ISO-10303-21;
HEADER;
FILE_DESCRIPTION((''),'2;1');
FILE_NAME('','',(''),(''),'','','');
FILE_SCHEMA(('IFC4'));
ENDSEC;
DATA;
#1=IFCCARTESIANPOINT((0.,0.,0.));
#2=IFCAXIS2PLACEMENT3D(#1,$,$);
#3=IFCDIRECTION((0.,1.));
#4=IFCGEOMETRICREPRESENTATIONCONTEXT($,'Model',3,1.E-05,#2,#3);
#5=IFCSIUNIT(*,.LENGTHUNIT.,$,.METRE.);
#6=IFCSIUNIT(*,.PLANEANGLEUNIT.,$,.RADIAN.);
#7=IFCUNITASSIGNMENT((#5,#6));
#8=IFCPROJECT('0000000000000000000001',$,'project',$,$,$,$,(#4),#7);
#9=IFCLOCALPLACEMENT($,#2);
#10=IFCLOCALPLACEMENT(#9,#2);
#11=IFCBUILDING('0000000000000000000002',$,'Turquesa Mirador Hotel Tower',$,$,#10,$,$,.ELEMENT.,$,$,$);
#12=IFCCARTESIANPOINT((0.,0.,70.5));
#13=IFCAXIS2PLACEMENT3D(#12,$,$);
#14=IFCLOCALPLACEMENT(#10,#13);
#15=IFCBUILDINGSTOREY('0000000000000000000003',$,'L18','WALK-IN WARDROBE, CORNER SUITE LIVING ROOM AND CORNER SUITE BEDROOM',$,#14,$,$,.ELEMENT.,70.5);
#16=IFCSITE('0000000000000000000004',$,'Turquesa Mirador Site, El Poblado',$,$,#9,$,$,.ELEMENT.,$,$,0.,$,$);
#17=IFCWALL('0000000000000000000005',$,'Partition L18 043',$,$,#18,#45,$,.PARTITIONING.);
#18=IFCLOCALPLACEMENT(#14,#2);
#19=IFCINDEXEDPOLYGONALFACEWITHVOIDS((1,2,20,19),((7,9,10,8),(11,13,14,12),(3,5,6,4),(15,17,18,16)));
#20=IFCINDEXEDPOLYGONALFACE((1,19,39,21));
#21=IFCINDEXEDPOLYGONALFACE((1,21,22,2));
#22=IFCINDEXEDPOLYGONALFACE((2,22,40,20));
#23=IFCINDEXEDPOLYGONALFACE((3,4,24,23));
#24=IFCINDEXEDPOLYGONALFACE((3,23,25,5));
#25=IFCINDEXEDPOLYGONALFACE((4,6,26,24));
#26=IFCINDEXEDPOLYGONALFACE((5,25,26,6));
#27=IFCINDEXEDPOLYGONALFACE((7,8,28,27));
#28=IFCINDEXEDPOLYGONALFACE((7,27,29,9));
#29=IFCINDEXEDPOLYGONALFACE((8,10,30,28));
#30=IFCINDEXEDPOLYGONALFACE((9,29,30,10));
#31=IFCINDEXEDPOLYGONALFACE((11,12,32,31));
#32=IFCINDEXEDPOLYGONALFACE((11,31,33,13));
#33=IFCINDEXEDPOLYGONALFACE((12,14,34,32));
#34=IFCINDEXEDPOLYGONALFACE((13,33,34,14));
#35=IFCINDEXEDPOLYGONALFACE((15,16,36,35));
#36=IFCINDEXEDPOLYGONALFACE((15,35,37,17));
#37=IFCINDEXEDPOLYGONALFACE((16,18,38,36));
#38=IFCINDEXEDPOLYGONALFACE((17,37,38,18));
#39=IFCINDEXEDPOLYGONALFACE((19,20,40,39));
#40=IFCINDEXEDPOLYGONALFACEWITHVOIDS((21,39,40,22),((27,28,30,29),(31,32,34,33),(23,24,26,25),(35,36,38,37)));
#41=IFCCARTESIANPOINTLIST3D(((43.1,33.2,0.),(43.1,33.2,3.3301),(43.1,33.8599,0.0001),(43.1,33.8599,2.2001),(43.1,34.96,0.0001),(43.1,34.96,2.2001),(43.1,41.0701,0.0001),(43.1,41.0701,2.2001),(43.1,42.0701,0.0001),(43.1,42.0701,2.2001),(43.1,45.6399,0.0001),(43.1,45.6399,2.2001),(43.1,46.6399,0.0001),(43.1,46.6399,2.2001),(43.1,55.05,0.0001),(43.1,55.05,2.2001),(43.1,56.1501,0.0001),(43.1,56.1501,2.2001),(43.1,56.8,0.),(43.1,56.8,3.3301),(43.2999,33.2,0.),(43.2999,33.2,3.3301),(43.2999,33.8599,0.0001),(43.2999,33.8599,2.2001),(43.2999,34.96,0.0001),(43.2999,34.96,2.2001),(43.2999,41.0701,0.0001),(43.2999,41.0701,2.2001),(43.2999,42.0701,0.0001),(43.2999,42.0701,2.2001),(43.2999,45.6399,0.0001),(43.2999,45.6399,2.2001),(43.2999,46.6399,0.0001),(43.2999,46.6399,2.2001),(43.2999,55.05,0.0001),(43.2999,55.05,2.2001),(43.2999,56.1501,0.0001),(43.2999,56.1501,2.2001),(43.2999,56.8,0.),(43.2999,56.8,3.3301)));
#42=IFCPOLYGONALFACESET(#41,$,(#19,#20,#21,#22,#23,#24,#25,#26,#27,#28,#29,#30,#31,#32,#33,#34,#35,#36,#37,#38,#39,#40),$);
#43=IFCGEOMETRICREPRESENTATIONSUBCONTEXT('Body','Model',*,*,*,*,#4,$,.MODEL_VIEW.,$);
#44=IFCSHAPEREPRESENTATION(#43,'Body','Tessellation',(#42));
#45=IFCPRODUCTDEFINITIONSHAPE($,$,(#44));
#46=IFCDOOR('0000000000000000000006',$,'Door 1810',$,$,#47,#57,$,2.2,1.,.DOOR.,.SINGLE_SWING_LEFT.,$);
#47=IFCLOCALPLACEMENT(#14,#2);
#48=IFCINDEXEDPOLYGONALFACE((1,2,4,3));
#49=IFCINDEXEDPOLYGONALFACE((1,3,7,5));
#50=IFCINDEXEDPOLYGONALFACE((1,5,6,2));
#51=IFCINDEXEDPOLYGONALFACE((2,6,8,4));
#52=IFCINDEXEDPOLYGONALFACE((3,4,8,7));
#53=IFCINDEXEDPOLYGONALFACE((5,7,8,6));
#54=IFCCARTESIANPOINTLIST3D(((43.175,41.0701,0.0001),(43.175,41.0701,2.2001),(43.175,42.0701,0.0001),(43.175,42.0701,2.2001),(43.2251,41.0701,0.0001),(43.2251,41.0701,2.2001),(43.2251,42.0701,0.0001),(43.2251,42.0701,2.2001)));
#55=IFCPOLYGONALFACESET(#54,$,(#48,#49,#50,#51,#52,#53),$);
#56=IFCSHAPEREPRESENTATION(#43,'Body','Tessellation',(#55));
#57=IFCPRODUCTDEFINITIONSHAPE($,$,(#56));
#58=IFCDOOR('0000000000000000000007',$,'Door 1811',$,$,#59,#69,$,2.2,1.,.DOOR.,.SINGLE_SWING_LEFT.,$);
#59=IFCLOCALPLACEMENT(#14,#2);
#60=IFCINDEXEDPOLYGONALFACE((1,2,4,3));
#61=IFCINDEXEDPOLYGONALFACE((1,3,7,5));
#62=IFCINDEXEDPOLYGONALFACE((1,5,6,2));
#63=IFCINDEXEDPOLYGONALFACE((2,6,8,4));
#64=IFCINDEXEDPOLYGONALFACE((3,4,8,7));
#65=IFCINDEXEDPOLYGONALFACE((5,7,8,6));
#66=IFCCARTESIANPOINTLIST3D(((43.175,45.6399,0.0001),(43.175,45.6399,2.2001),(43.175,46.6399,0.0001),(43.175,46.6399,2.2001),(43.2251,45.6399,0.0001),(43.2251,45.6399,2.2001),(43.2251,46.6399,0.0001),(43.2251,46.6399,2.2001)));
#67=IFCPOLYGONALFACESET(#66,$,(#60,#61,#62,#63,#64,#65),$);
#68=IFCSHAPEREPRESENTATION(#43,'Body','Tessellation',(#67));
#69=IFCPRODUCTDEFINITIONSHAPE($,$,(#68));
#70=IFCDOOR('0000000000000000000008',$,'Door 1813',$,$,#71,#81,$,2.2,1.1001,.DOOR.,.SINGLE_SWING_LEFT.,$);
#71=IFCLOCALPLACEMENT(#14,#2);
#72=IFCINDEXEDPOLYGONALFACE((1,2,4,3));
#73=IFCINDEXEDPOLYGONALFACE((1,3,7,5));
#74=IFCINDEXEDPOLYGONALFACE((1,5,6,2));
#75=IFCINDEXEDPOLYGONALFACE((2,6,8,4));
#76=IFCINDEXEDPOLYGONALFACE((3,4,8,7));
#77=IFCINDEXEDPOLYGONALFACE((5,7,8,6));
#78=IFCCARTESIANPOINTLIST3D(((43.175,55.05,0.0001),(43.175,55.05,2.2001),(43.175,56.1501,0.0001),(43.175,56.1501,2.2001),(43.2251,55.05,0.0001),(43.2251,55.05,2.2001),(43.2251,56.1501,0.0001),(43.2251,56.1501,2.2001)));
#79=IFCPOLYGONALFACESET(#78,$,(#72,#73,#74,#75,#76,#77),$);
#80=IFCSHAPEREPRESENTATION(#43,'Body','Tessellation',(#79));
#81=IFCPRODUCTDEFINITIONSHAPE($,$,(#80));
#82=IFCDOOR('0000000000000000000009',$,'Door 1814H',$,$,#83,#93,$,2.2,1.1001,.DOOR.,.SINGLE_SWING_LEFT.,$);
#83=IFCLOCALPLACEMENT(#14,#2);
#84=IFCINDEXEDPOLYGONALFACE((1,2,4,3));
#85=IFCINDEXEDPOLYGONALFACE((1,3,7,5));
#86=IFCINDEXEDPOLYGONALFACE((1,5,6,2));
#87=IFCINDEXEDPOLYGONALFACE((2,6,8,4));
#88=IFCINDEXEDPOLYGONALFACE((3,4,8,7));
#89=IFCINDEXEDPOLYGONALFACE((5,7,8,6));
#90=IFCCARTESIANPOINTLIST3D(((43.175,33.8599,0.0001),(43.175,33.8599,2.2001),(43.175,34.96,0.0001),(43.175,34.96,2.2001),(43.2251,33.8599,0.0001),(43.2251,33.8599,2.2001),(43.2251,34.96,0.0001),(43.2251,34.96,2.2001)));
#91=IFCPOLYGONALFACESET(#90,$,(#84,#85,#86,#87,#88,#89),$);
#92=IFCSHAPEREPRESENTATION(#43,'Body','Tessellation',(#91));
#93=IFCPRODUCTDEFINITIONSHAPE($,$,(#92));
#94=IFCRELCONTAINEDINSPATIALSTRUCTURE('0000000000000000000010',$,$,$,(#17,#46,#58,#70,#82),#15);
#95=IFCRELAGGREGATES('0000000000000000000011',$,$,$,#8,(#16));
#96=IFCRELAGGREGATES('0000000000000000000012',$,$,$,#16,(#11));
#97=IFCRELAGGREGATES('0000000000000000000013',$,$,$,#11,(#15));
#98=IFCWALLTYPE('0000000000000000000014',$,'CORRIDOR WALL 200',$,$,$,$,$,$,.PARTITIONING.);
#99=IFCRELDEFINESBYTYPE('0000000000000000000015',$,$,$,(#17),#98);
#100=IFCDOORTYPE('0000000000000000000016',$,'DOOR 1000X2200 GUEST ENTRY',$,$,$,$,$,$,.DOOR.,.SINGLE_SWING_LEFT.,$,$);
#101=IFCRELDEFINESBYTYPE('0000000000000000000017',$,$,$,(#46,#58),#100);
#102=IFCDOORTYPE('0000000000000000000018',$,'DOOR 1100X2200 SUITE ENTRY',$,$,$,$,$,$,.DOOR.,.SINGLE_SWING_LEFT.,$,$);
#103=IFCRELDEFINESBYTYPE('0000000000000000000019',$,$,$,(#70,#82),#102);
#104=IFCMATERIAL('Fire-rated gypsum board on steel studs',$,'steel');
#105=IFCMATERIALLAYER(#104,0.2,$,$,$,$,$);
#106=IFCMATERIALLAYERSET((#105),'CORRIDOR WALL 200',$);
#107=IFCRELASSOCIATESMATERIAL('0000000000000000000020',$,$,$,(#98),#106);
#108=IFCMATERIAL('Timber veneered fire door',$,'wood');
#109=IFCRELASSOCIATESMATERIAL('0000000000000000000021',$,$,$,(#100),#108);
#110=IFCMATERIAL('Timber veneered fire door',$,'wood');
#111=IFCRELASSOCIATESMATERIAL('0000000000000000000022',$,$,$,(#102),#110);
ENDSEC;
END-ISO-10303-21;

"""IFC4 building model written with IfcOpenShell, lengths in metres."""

from ifc_helpers import new_model, si_unit, direction, frame, frame_2d, origin, place, context, subcontext, project, spatial, rectangle, extrude, material, layer, layer_set, type_object, element, fill, save


model = new_model("IFC4")

# Units and contexts
model_context = context("Model", 3, precision=1e-05, world=origin(), true_north=direction((0.0, 1.0)))
body_context = subcontext(model_context, "Body", "Model", "MODEL_VIEW")
ifc_project = project(units=[si_unit("LENGTHUNIT", "METRE"), si_unit("PLANEANGLEUNIT", "RADIAN")], contexts=[model_context])

# Site, building, storey
site_placement = place(None, origin())
site = spatial("IfcSite", under=ifc_project, at=site_placement, Name="Turquesa Mirador Site, El Poblado", CompositionType="ELEMENT", RefElevation=0.0)
building_placement = place(site_placement, origin())
building = spatial("IfcBuilding", under=site, at=building_placement, Name="Turquesa Mirador Hotel Tower", CompositionType="ELEMENT")
storey_placement = place(building_placement, frame((0.0, 0.0, 70.5)))
storey = spatial("IfcBuildingStorey", under=building, at=storey_placement, Name="L18", Description="WALK-IN WARDROBE, CORNER SUITE LIVING ROOM AND CORNER SUITE BEDROOM", CompositionType="ELEMENT", Elevation=70.5)

# Wall, openings, doors
ifc_material_1 = material(Name="Fire-rated gypsum board on steel studs", Category="steel")
ifc_layer_1 = layer(ifc_material_1, 0.2)
ifc_layer_set_1 = layer_set([ifc_layer_1], Name="CORRIDOR WALL 200")
wall_type_1 = type_object("IfcWallType", Name="CORRIDOR WALL 200", PredefinedType="PARTITIONING", material=ifc_layer_set_1)
ifc_material_2 = material(Name="Timber veneered fire door", Category="wood")
door_type_1 = type_object("IfcDoorType", Name="DOOR 1000X2200 GUEST ENTRY", OperationType="SINGLE_SWING_LEFT", PredefinedType="DOOR", material=ifc_material_2)
wall_1_placement = place(storey_placement, frame((43.2, 33.2, 0.0), z_axis=(0.0, 0.0, 1.0), x_axis=(0.0, 1.0, 0.0)))
wall_1 = element("IfcWall", 1, at=wall_1_placement, inside=storey, type_object=wall_type_1, Name="Partition L18 043", PredefinedType="PARTITIONING", context=body_context, shape_type="SweptSolid", body=[
    extrude(rectangle(XDim=23.6001, YDim=0.2, at=frame_2d((11.8, 0.0))), origin(), (0.0, 0.0, 1.0), 3.3301),
])
opening_1_placement = place(wall_1_placement, frame((7.8701, 0.0, 0.0)))
opening_1 = element("IfcOpeningElement", 2, at=opening_1_placement, cuts=wall_1, PredefinedType="OPENING", context=body_context, shape_type="SweptSolid", body=[
    extrude(rectangle(XDim=1.0, YDim=2.2, at=frame_2d((0.5, 1.1001))), frame((0.0, 0.1099, 0.0), z_axis=(0.0, -1.0, 0.0), x_axis=(1.0, 0.0, 0.0)), (0.0, 0.0, 1.0), 0.22),
])
opening_2_placement = place(wall_1_placement, frame((12.4399, 0.0, 0.0)))
opening_2 = element("IfcOpeningElement", 3, at=opening_2_placement, cuts=wall_1, PredefinedType="OPENING", context=body_context, shape_type="SweptSolid", body=[
    extrude(rectangle(XDim=1.0, YDim=2.2, at=frame_2d((0.5, 1.1001))), frame((0.0, 0.1099, 0.0), z_axis=(0.0, -1.0, 0.0), x_axis=(1.0, 0.0, 0.0)), (0.0, 0.0, 1.0), 0.22),
])
opening_3_placement = place(wall_1_placement, frame((21.8501, 0.0, 0.0)))
opening_3 = element("IfcOpeningElement", 4, at=opening_3_placement, cuts=wall_1, PredefinedType="OPENING", context=body_context, shape_type="SweptSolid", body=[
    extrude(rectangle(XDim=1.1001, YDim=2.2, at=frame_2d((0.55, 1.1001))), frame((0.0, 0.1099, 0.0), z_axis=(0.0, -1.0, 0.0), x_axis=(1.0, 0.0, 0.0)), (0.0, 0.0, 1.0), 0.22),
])
opening_4_placement = place(wall_1_placement, frame((0.6599, 0.0, 0.0)))
opening_4 = element("IfcOpeningElement", 5, at=opening_4_placement, cuts=wall_1, PredefinedType="OPENING", context=body_context, shape_type="SweptSolid", body=[
    extrude(rectangle(XDim=1.1001, YDim=2.2, at=frame_2d((0.55, 1.1001))), frame((0.0, 0.1099, 0.0), z_axis=(0.0, -1.0, 0.0), x_axis=(1.0, 0.0, 0.0)), (0.0, 0.0, 1.0), 0.22),
])
door_1_placement = place(opening_1_placement, origin())
door_1 = element("IfcDoor", 6, at=door_1_placement, inside=storey, type_object=door_type_1, Name="Door 1810", OperationType="SINGLE_SWING_LEFT", OverallHeight=2.2, OverallWidth=1.0, PredefinedType="DOOR", context=body_context, shape_type="SweptSolid", body=[
    extrude(rectangle(XDim=1.0, YDim=2.2, at=frame_2d((0.5, 1.1001))), frame((0.0, 0.0249, 0.0), z_axis=(0.0, -1.0, 0.0), x_axis=(1.0, 0.0, 0.0)), (0.0, 0.0, 1.0), 0.05),
])
fill(opening_1, door_1)
door_2_placement = place(opening_2_placement, origin())
door_2 = element("IfcDoor", 7, at=door_2_placement, inside=storey, type_object=door_type_1, Name="Door 1811", OperationType="SINGLE_SWING_LEFT", OverallHeight=2.2, OverallWidth=1.0, PredefinedType="DOOR", context=body_context, shape_type="SweptSolid", body=[
    extrude(rectangle(XDim=1.0, YDim=2.2, at=frame_2d((0.5, 1.1001))), frame((0.0, 0.0249, 0.0), z_axis=(0.0, -1.0, 0.0), x_axis=(1.0, 0.0, 0.0)), (0.0, 0.0, 1.0), 0.05),
])
fill(opening_2, door_2)
ifc_material_3 = material(Name="Timber veneered fire door", Category="wood")
door_type_2 = type_object("IfcDoorType", Name="DOOR 1100X2200 SUITE ENTRY", OperationType="SINGLE_SWING_LEFT", PredefinedType="DOOR", material=ifc_material_3)
door_3_placement = place(opening_3_placement, origin())
door_3 = element("IfcDoor", 8, at=door_3_placement, inside=storey, type_object=door_type_2, Name="Door 1813", OperationType="SINGLE_SWING_LEFT", OverallHeight=2.2, OverallWidth=1.1001, PredefinedType="DOOR", context=body_context, shape_type="SweptSolid", body=[
    extrude(rectangle(XDim=1.1001, YDim=2.2, at=frame_2d((0.55, 1.1001))), frame((0.0, 0.0249, 0.0), z_axis=(0.0, -1.0, 0.0), x_axis=(1.0, 0.0, 0.0)), (0.0, 0.0, 1.0), 0.05),
])
fill(opening_3, door_3)
door_4_placement = place(opening_4_placement, origin())
door_4 = element("IfcDoor", 9, at=door_4_placement, inside=storey, type_object=door_type_2, Name="Door 1814H", OperationType="SINGLE_SWING_LEFT", OverallHeight=2.2, OverallWidth=1.1001, PredefinedType="DOOR", context=body_context, shape_type="SweptSolid", body=[
    extrude(rectangle(XDim=1.1001, YDim=2.2, at=frame_2d((0.55, 1.1001))), frame((0.0, 0.0249, 0.0), z_axis=(0.0, -1.0, 0.0), x_axis=(1.0, 0.0, 0.0)), (0.0, 0.0, 1.0), 0.05),
])
fill(opening_4, door_4)

save(model, "model.ifc")
